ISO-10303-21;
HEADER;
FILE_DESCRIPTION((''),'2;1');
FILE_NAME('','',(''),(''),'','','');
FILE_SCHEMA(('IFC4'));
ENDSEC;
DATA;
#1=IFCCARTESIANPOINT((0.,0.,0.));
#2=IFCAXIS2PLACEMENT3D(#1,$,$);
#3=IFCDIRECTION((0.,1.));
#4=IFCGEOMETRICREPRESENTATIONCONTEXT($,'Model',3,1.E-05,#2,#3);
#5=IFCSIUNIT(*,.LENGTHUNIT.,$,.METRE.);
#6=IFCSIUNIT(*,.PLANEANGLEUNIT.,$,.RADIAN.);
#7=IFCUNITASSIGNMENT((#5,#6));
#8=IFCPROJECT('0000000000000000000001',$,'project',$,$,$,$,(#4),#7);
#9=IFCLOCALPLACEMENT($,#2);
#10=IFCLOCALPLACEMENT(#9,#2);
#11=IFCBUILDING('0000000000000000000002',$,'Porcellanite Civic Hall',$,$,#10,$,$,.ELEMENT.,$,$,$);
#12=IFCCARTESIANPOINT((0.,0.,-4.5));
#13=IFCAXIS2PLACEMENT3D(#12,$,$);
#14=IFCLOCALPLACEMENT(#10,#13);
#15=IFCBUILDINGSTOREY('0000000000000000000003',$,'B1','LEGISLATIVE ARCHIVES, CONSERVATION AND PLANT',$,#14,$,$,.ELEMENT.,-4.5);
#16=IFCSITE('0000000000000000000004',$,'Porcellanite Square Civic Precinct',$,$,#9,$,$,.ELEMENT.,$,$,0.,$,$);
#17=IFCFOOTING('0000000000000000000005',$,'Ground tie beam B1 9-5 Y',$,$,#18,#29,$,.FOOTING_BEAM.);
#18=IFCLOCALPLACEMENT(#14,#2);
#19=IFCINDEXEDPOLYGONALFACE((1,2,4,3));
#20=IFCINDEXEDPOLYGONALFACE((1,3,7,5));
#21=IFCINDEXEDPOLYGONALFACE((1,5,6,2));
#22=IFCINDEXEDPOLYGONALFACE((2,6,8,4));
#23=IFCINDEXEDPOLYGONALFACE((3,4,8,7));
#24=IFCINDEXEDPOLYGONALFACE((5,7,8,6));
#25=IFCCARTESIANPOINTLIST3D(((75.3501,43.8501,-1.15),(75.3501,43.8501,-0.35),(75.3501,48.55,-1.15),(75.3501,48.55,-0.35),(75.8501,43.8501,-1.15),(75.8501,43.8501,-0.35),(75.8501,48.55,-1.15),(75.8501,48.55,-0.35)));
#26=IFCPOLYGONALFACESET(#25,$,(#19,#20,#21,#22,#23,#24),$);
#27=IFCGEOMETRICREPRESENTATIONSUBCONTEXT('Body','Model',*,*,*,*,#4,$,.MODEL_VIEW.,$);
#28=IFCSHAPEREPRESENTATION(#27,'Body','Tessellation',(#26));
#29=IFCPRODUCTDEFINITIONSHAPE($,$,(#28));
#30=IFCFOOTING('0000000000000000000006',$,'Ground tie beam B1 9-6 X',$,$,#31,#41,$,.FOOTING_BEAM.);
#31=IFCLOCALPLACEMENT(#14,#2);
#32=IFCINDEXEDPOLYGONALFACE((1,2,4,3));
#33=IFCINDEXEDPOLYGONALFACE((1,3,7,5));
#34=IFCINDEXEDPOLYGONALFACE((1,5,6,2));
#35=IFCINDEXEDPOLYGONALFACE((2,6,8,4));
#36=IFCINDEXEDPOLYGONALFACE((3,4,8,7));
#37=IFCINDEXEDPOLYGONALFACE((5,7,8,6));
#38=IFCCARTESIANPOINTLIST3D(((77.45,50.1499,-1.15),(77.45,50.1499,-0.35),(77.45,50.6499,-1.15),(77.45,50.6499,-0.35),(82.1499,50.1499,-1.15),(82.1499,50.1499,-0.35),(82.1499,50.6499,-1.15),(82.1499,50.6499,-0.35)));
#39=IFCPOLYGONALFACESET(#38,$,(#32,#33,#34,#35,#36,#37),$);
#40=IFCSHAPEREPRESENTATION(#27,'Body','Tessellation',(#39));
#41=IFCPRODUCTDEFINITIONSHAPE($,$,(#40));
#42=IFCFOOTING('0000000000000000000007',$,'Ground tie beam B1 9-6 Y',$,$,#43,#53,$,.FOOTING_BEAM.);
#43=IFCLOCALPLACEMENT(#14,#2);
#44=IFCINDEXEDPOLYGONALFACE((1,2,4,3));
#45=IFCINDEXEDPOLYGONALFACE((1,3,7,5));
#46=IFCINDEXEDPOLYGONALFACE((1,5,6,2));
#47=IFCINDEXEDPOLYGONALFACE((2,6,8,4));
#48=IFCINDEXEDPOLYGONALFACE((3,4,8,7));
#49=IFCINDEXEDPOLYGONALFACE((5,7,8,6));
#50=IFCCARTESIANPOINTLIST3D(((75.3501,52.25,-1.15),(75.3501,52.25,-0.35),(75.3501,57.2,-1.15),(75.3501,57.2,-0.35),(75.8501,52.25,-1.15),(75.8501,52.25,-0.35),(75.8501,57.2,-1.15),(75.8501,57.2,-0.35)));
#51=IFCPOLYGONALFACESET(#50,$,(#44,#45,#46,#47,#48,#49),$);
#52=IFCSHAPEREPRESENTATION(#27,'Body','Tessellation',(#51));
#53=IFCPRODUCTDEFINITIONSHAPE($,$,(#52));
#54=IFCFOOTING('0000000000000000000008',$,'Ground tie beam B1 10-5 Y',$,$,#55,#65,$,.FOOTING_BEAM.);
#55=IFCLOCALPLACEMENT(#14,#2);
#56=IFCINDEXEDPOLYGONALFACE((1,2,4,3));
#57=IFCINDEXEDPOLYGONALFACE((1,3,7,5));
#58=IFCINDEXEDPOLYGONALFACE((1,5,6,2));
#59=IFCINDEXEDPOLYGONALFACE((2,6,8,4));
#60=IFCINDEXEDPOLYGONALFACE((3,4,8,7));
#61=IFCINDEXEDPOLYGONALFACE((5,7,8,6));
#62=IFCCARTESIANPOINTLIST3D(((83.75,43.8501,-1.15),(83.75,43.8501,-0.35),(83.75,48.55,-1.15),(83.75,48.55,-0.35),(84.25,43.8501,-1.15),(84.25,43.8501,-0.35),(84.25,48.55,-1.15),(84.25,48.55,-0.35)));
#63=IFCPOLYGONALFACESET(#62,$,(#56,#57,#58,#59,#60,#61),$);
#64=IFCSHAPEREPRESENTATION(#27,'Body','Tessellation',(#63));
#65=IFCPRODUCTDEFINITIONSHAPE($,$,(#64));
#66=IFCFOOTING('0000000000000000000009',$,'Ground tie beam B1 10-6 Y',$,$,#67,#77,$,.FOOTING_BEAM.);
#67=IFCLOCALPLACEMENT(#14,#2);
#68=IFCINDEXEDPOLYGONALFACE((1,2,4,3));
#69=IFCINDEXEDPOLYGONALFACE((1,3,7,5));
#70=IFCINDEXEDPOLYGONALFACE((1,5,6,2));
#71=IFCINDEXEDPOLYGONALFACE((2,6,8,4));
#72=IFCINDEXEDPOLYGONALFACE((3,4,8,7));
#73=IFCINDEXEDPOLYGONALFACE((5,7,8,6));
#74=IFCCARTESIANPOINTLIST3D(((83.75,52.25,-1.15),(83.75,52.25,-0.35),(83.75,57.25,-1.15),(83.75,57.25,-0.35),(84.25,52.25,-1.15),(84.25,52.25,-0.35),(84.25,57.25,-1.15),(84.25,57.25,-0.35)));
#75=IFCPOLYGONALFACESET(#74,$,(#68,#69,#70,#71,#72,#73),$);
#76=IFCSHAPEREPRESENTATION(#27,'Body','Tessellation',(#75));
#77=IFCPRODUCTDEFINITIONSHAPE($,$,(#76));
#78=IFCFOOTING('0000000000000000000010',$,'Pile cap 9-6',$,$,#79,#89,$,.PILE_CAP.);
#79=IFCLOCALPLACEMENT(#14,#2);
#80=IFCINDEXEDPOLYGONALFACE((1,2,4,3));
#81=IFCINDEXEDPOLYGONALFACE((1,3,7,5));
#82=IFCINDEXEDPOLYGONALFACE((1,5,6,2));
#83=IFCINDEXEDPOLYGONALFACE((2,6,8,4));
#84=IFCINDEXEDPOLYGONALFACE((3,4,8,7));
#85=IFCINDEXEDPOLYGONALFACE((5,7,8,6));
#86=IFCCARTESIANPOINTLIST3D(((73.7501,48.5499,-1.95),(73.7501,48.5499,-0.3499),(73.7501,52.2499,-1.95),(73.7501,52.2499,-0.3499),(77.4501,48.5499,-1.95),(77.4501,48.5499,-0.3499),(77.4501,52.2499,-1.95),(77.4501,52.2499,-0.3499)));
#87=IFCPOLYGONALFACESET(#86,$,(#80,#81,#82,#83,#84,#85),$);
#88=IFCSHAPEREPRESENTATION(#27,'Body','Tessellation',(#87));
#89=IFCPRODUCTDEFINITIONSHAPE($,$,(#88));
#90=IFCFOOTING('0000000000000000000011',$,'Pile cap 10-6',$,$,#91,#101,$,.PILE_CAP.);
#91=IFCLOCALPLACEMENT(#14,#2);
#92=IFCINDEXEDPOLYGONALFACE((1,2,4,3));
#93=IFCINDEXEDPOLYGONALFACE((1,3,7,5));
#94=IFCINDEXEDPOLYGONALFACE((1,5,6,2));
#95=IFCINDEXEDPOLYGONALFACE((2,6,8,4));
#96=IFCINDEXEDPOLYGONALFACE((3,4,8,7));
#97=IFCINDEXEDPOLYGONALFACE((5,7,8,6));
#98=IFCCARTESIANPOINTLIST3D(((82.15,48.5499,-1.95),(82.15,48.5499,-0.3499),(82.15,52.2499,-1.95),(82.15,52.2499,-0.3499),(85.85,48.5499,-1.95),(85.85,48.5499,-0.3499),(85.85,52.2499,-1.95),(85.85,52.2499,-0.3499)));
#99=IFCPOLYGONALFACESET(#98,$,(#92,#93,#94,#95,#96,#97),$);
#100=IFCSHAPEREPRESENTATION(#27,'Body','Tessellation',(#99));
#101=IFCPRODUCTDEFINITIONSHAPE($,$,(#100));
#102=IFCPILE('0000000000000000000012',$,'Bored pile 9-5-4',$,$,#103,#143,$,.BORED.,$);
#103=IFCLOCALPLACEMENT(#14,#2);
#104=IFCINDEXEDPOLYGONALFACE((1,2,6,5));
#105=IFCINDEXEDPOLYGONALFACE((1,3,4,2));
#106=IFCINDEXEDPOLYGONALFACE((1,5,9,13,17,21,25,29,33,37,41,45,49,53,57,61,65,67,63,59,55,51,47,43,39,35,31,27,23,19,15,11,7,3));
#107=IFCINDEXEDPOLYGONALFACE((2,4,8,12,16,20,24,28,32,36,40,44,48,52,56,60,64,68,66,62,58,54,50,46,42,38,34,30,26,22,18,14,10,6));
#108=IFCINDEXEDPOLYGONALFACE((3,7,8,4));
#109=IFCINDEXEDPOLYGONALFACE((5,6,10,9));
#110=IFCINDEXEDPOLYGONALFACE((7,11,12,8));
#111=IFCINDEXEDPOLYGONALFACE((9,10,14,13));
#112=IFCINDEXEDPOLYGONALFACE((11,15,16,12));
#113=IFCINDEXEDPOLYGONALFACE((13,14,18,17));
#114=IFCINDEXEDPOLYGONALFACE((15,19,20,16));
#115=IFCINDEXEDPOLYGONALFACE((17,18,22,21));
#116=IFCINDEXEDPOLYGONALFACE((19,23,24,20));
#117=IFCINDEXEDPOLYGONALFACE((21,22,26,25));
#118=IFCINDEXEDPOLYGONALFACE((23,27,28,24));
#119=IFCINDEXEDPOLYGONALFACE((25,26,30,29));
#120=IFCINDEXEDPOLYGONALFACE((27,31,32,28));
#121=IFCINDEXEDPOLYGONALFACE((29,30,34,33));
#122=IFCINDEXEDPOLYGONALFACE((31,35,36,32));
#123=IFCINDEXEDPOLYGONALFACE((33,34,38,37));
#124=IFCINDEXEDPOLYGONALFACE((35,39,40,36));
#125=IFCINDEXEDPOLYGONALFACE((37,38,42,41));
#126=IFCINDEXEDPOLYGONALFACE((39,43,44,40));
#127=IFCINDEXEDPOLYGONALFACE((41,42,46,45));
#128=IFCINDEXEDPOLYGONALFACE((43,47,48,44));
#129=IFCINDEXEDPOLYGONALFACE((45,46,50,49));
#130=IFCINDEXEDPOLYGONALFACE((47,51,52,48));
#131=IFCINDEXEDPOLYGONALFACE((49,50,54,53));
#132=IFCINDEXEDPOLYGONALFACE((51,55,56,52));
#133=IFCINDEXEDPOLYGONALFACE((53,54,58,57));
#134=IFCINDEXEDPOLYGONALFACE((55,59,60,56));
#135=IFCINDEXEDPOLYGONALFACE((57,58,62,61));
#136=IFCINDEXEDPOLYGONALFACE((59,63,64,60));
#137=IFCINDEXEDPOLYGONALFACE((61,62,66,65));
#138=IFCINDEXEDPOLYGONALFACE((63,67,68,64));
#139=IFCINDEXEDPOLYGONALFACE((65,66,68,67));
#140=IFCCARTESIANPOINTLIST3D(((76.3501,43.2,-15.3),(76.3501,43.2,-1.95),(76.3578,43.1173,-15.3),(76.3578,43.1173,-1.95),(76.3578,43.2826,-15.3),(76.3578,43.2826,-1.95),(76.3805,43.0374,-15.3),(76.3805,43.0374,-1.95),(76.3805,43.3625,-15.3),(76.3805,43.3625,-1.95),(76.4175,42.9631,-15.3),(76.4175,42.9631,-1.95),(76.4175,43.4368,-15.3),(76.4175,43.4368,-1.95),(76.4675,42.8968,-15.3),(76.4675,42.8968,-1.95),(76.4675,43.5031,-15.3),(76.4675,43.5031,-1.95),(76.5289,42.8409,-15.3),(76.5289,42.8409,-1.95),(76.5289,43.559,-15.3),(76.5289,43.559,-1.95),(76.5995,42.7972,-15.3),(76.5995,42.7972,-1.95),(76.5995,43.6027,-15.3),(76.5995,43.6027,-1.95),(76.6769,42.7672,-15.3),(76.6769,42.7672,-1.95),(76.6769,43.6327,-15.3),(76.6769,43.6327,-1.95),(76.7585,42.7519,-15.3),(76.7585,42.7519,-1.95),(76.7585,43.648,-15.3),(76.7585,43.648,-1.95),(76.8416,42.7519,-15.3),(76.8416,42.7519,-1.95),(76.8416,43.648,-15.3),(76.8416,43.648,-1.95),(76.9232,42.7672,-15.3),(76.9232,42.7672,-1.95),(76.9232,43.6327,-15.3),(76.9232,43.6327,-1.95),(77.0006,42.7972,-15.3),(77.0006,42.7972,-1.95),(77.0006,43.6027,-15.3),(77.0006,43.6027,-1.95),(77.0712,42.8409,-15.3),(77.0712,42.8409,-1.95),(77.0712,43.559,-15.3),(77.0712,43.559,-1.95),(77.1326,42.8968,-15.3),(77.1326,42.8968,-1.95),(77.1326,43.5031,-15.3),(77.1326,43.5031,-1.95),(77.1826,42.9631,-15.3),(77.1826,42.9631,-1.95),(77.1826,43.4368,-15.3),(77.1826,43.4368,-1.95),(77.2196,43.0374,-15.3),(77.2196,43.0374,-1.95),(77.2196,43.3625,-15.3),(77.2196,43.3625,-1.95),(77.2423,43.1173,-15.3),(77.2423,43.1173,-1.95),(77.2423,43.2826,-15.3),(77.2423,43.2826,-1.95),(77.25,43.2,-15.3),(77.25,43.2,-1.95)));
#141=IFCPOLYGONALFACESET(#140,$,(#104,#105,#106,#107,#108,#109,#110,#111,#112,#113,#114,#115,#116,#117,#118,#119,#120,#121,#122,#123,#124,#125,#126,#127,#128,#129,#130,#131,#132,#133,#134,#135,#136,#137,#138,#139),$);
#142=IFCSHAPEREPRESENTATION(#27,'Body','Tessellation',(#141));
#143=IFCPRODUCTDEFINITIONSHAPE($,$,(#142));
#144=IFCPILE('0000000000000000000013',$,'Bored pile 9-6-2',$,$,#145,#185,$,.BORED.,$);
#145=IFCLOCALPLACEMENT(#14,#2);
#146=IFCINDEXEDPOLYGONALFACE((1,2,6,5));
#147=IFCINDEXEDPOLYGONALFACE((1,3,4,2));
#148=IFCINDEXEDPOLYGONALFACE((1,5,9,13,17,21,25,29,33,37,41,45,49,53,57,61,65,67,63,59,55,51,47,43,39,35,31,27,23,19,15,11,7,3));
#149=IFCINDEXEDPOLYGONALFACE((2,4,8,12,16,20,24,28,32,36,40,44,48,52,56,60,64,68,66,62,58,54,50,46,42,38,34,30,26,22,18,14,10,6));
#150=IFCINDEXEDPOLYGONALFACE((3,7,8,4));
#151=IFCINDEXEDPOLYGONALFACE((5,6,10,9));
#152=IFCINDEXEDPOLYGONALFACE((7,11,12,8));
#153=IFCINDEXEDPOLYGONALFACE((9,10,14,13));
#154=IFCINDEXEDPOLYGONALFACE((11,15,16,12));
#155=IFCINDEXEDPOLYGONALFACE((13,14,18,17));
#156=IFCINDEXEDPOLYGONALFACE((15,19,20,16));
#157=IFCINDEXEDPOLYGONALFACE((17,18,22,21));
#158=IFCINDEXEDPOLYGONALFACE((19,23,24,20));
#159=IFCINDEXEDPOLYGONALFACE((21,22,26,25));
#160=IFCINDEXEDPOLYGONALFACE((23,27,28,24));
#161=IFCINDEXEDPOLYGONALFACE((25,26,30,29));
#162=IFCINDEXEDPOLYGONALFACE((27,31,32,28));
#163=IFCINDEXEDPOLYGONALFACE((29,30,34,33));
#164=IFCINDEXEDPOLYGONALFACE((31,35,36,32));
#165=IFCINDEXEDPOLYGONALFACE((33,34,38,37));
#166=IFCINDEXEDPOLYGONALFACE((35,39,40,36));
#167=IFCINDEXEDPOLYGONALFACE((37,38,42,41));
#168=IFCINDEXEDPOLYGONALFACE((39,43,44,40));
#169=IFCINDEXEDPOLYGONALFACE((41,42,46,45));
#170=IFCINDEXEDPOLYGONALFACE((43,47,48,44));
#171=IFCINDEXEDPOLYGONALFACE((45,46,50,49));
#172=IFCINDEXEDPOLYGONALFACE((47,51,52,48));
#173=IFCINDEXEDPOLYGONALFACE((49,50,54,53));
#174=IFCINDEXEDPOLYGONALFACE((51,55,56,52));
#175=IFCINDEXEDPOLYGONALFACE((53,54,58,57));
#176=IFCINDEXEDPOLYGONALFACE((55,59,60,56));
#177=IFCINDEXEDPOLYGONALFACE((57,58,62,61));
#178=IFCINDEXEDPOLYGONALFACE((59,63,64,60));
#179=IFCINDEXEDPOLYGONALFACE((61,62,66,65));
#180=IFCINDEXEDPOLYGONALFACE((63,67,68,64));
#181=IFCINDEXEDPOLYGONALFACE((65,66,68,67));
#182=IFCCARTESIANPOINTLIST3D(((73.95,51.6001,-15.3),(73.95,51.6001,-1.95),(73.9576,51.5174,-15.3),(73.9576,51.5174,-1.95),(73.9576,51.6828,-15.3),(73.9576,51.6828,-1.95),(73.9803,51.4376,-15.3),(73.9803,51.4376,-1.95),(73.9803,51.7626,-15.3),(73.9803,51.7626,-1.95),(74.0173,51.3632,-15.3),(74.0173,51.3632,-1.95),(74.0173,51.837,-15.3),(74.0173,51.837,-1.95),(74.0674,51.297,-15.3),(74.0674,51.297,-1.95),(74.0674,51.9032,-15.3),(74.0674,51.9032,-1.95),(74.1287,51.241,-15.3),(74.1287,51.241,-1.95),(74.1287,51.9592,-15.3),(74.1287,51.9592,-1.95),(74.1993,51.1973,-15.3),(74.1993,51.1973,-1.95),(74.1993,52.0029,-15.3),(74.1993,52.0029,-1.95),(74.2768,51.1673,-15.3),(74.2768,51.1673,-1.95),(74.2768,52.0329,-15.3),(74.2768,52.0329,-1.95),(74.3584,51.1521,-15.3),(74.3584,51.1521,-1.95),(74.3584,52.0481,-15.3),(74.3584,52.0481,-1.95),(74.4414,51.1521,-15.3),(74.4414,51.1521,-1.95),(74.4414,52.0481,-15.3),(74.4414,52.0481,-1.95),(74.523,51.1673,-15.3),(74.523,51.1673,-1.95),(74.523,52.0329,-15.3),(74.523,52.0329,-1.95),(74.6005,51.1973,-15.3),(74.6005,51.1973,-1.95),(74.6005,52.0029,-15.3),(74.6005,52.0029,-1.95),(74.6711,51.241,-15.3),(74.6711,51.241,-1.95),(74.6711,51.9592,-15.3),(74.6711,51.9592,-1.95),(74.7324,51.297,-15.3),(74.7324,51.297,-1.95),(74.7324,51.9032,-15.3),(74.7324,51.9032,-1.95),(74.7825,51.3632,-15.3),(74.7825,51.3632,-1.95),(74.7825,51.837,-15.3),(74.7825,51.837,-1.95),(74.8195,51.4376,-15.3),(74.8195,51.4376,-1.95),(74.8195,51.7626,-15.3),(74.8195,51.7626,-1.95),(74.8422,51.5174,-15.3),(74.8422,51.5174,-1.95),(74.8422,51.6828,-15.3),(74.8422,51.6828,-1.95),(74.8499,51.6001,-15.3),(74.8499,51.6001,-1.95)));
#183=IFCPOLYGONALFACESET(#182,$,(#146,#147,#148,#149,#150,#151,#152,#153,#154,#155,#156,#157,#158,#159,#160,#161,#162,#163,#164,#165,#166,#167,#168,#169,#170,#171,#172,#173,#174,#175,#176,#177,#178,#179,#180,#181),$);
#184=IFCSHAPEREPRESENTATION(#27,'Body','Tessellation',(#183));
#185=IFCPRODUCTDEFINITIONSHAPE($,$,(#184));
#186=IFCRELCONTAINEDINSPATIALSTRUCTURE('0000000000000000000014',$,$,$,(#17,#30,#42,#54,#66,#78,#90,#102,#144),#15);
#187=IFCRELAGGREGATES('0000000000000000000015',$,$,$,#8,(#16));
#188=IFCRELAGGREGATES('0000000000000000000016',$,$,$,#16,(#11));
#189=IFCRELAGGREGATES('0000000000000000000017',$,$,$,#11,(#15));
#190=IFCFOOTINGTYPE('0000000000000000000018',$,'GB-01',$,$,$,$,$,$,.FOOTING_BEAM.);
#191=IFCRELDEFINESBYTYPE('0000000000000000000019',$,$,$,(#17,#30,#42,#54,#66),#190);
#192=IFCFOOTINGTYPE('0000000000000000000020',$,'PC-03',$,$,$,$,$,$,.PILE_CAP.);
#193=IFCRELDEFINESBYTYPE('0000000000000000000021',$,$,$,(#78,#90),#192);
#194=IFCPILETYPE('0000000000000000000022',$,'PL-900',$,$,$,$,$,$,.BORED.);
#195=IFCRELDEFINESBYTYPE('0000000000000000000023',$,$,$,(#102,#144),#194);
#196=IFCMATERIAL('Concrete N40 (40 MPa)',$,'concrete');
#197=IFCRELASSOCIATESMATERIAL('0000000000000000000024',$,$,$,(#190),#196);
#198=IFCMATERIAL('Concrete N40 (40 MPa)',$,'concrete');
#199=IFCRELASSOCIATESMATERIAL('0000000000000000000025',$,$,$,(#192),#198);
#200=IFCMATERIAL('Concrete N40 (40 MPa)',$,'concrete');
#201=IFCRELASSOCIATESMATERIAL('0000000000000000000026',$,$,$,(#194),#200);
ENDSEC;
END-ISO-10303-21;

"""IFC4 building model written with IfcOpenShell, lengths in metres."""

from ifc_helpers import new_model, si_unit, direction, frame, origin, origin_2d, place, context, subcontext, project, spatial, rectangle, circle, extrude, material, material_profile, profile_set, type_object, element, save


model = new_model("IFC4")

# Units and contexts
model_context = context("Model", 3, precision=1e-05, world=origin(), true_north=direction((0.0, 1.0)))
body_context = subcontext(model_context, "Body", "Model", "MODEL_VIEW")
ifc_project = project(units=[si_unit("LENGTHUNIT", "METRE"), si_unit("PLANEANGLEUNIT", "RADIAN")], contexts=[model_context])

# Site, building, storey
site_placement = place(None, origin())
site = spatial("IfcSite", under=ifc_project, at=site_placement, Name="Porcellanite Square Civic Precinct", CompositionType="ELEMENT", RefElevation=0.0)
building_placement = place(site_placement, origin())
building = spatial("IfcBuilding", under=site, at=building_placement, Name="Porcellanite Civic Hall", CompositionType="ELEMENT")
storey_placement = place(building_placement, frame((0.0, 0.0, -4.5)))
storey = spatial("IfcBuildingStorey", under=building, at=storey_placement, Name="B1", Description="LEGISLATIVE ARCHIVES, CONSERVATION AND PLANT", CompositionType="ELEMENT", Elevation=-4.5)

# Footings
ifc_material_1 = material(Name="Concrete N40 (40 MPa)", Category="concrete")
ifc_material_profile_1 = material_profile(ifc_material_1, rectangle(XDim=0.5, YDim=0.8, at=origin_2d()), Name="RC-500x800")
ifc_profile_set_1 = profile_set([ifc_material_profile_1], Name="Concrete N40 (40 MPa)")
footing_type_1 = type_object("IfcFootingType", Name="GB-01", PredefinedType="FOOTING_BEAM", material=ifc_profile_set_1)
for number, where, z_axis, x_axis, name in (
    (1, (75.6001, 43.8501, -0.75), (0.0, 1.0, 0.0), (-1.0, 0.0, 0.0), "Ground tie beam B1 9-5 Y"),
    (2, (77.45, 50.3999, -0.75), (1.0, 0.0, 0.0), (0.0, 1.0, 0.0), "Ground tie beam B1 9-6 X"),
):
    element("IfcFooting", number, at=place(storey_placement, frame(where, z_axis=z_axis, x_axis=x_axis)), inside=storey, type_object=footing_type_1, Name=name, PredefinedType="FOOTING_BEAM", context=body_context, shape_type="SweptSolid", body=[
        extrude(rectangle(XDim=0.5, YDim=0.8, at=origin_2d()), origin(), (0.0, 0.0, 1.0), 4.7),
    ])
footing_1_placement = place(storey_placement, frame((75.6001, 52.25, -0.75), z_axis=(0.0, 1.0, 0.0), x_axis=(-1.0, 0.0, 0.0)))
element("IfcFooting", 3, at=footing_1_placement, inside=storey, type_object=footing_type_1, Name="Ground tie beam B1 9-6 Y", PredefinedType="FOOTING_BEAM", context=body_context, shape_type="SweptSolid", body=[
    extrude(rectangle(XDim=0.5, YDim=0.8, at=origin_2d()), origin(), (0.0, 0.0, 1.0), 4.95),
])
footing_2_placement = place(storey_placement, frame((84.0, 43.8501, -0.75), z_axis=(0.0, 1.0, 0.0), x_axis=(-1.0, 0.0, 0.0)))
element("IfcFooting", 4, at=footing_2_placement, inside=storey, type_object=footing_type_1, Name="Ground tie beam B1 10-5 Y", PredefinedType="FOOTING_BEAM", context=body_context, shape_type="SweptSolid", body=[
    extrude(rectangle(XDim=0.5, YDim=0.8, at=origin_2d()), origin(), (0.0, 0.0, 1.0), 4.7),
])
footing_3_placement = place(storey_placement, frame((84.0, 52.25, -0.75), z_axis=(0.0, 1.0, 0.0), x_axis=(-1.0, 0.0, 0.0)))
element("IfcFooting", 5, at=footing_3_placement, inside=storey, type_object=footing_type_1, Name="Ground tie beam B1 10-6 Y", PredefinedType="FOOTING_BEAM", context=body_context, shape_type="SweptSolid", body=[
    extrude(rectangle(XDim=0.5, YDim=0.8, at=origin_2d()), origin(), (0.0, 0.0, 1.0), 5.0),
])
ifc_material_2 = material(Name="Concrete N40 (40 MPa)", Category="concrete")
footing_type_2 = type_object("IfcFootingType", Name="PC-03", PredefinedType="PILE_CAP", material=ifc_material_2)
for number, where, z_axis, x_axis, name in (
    (6, (75.6001, 50.3999, -1.95), (0.0, 0.0, 1.0), (1.0, 0.0, 0.0), "Pile cap 9-6"),
    (7, (84.0, 50.3999, -1.95), (0.0, 0.0, 1.0), (1.0, 0.0, 0.0), "Pile cap 10-6"),
):
    element("IfcFooting", number, at=place(storey_placement, frame(where, z_axis=z_axis, x_axis=x_axis)), inside=storey, type_object=footing_type_2, Name=name, PredefinedType="PILE_CAP", context=body_context, shape_type="SweptSolid", body=[
        extrude(rectangle(XDim=3.7, YDim=3.7, at=origin_2d()), origin(), (0.0, 0.0, 1.0), 1.6001),
    ])

# Piles
ifc_material_3 = material(Name="Concrete N40 (40 MPa)", Category="concrete")
ifc_material_profile_2 = material_profile(ifc_material_3, circle(Radius=0.45, at=origin_2d()), Name="PILE-D900")
ifc_profile_set_2 = profile_set([ifc_material_profile_2], Name="Concrete N40 (40 MPa)")
pile_type = type_object("IfcPileType", Name="PL-900", PredefinedType="BORED", material=ifc_profile_set_2)
for number, where, z_axis, x_axis, name in (
    (8, (76.8, 43.2, -1.95), (0.0, 0.0, -1.0), (1.0, 0.0, 0.0), "Bored pile 9-5-4"),
    (9, (74.3999, 51.6001, -1.95), (0.0, 0.0, -1.0), (1.0, 0.0, 0.0), "Bored pile 9-6-2"),
):
    element("IfcPile", number, at=place(storey_placement, frame(where, z_axis=z_axis, x_axis=x_axis)), inside=storey, type_object=pile_type, Name=name, PredefinedType="BORED", context=body_context, shape_type="SweptSolid", body=[
        extrude(circle(Radius=0.45, at=origin_2d()), origin(), (0.0, 0.0, 1.0), 13.3501),
    ])

save(model, "model.ifc")
